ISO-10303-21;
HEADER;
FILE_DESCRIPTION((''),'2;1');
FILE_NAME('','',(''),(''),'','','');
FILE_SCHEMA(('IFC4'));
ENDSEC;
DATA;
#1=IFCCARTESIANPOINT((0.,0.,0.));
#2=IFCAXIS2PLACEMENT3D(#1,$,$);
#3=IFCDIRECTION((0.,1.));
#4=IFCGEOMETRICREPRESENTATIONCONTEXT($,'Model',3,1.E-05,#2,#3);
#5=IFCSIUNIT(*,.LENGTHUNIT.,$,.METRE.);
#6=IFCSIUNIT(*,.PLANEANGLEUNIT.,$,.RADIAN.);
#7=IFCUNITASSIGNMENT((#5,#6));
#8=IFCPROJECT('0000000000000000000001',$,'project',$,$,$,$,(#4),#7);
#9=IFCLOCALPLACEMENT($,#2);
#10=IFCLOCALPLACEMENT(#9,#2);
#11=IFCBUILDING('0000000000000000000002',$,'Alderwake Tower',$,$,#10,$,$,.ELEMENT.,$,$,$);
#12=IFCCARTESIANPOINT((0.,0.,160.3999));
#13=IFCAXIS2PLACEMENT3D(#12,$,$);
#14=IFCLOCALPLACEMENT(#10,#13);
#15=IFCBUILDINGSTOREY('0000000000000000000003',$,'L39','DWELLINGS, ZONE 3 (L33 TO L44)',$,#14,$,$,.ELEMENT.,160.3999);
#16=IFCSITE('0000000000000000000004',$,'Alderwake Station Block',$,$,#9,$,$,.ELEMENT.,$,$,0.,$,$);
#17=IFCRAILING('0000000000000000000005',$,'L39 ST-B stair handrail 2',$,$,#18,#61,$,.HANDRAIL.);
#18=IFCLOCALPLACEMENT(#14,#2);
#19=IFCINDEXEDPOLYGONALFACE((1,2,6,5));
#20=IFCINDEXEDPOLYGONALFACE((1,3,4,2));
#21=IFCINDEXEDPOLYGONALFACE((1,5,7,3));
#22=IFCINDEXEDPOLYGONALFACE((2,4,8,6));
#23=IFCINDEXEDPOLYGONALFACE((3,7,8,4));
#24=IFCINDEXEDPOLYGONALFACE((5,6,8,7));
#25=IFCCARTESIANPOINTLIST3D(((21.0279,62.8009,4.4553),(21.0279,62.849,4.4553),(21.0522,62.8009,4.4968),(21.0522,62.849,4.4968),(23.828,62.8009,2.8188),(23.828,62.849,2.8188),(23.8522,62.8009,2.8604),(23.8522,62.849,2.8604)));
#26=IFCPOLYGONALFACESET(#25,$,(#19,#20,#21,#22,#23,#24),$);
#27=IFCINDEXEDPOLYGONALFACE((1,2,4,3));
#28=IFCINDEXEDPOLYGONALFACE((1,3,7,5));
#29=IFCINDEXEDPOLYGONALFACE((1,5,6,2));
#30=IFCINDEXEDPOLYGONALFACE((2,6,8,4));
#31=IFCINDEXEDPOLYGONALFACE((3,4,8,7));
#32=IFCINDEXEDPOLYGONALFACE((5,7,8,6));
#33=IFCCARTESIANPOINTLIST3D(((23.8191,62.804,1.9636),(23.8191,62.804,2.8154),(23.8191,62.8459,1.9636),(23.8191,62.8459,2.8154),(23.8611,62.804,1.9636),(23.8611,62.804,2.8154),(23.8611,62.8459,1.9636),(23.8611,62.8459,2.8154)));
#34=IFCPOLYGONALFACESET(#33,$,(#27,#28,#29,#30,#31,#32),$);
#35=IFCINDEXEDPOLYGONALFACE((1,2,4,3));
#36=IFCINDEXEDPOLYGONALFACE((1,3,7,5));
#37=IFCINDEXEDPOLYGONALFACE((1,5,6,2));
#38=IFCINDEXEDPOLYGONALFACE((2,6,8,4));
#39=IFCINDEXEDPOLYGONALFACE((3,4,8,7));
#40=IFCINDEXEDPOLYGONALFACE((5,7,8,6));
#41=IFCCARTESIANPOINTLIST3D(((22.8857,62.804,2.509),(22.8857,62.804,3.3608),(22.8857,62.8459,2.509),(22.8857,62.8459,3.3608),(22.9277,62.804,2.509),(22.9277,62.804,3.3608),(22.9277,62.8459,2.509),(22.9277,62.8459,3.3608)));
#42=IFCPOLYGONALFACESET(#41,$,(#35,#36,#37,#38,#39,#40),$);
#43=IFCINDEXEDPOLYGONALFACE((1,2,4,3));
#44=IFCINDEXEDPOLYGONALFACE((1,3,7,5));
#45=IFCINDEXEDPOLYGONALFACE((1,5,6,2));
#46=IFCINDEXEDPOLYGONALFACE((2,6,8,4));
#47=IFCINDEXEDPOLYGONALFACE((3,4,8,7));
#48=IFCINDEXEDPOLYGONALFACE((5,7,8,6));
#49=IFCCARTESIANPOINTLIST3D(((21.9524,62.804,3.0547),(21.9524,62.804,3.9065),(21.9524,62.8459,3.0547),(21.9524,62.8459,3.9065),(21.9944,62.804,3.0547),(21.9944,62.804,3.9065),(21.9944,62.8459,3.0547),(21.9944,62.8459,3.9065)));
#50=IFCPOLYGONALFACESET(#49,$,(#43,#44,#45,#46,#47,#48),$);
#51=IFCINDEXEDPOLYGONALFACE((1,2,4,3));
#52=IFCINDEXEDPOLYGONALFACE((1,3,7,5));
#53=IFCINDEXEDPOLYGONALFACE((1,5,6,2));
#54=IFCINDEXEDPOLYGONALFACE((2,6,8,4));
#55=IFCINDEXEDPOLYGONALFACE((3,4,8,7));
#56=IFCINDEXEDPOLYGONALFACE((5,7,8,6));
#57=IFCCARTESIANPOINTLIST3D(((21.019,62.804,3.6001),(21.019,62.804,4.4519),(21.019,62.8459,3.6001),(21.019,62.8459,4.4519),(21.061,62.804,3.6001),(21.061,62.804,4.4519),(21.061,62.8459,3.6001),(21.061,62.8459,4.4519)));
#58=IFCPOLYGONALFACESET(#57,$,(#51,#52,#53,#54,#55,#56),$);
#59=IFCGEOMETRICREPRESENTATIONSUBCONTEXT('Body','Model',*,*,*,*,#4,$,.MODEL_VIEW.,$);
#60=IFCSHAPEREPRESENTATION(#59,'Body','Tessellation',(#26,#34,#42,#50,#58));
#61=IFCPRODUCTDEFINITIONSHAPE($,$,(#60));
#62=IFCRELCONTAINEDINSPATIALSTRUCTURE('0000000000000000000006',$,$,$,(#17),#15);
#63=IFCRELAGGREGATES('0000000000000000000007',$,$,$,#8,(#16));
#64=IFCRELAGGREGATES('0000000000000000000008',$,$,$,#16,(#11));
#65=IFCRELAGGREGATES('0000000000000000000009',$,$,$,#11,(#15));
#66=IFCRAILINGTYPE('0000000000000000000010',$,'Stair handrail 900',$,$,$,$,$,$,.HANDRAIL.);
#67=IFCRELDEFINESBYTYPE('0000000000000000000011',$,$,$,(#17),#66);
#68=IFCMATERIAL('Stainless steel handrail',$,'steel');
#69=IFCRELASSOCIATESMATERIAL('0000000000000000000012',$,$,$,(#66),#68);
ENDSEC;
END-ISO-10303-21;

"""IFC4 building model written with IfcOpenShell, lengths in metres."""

from ifc_helpers import new_model, si_unit, direction, frame, origin, origin_2d, place, context, subcontext, project, spatial, rectangle, extrude, material, type_object, element, save


model = new_model("IFC4")

# Units and contexts
model_context = context("Model", 3, precision=1e-05, world=origin(), true_north=direction((0.0, 1.0)))
body_context = subcontext(model_context, "Body", "Model", "MODEL_VIEW")
ifc_project = project(units=[si_unit("LENGTHUNIT", "METRE"), si_unit("PLANEANGLEUNIT", "RADIAN")], contexts=[model_context])

# Site, building, storey
site_placement = place(None, origin())
site = spatial("IfcSite", under=ifc_project, at=site_placement, Name="Alderwake Station Block", CompositionType="ELEMENT", RefElevation=0.0)
building_placement = place(site_placement, origin())
building = spatial("IfcBuilding", under=site, at=building_placement, Name="Alderwake Tower", CompositionType="ELEMENT")
storey_placement = place(building_placement, frame((0.0, 0.0, 160.3999)))
storey = spatial("IfcBuildingStorey", under=building, at=storey_placement, Name="L39", Description="DWELLINGS, ZONE 3 (L33 TO L44)", CompositionType="ELEMENT", Elevation=160.3999)

# Railing
ifc_material_1 = material(Name="Stainless steel handrail", Category="steel")
railing_type = type_object("IfcRailingType", Name="Stair handrail 900", PredefinedType="HANDRAIL", material=ifc_material_1)
railing_1_placement = place(storey_placement, frame((23.8401, 62.825, 1.9636)))
element("IfcRailing", 1, at=railing_1_placement, inside=storey, type_object=railing_type, Name="L39 ST-B stair handrail 2", PredefinedType="HANDRAIL", context=body_context, shape_type="SweptSolid", body=[
    extrude(rectangle(XDim=0.0481, YDim=0.0481, at=origin_2d()), frame((0.0, 0.0, 0.876), z_axis=(-0.863361, 0.0, 0.504587), x_axis=(0.0, -1.0, 0.0)), (0.0, 0.0, 1.0), 3.2432),
    extrude(rectangle(XDim=0.042, YDim=0.042, at=origin_2d()), frame((0.0, 0.0, 0.0), z_axis=(0.0, 0.0, 1.0), x_axis=(-1.0, 0.0, 0.0)), (0.0, 0.0, 1.0), 0.8518),
    extrude(rectangle(XDim=0.042, YDim=0.042, at=origin_2d()), frame((-0.9333, 0.0, 0.5454), z_axis=(0.0, 0.0, 1.0), x_axis=(-1.0, 0.0, 0.0)), (0.0, 0.0, 1.0), 0.8518),
    extrude(rectangle(XDim=0.042, YDim=0.042, at=origin_2d()), frame((-1.8667, 0.0, 1.0911), z_axis=(0.0, 0.0, 1.0), x_axis=(-1.0, 0.0, 0.0)), (0.0, 0.0, 1.0), 0.8518),
    extrude(rectangle(XDim=0.042, YDim=0.042, at=origin_2d()), frame((-2.8, 0.0, 1.6365), z_axis=(0.0, 0.0, 1.0), x_axis=(-1.0, 0.0, 0.0)), (0.0, 0.0, 1.0), 0.8518),
])

save(model, "model.ifc")
